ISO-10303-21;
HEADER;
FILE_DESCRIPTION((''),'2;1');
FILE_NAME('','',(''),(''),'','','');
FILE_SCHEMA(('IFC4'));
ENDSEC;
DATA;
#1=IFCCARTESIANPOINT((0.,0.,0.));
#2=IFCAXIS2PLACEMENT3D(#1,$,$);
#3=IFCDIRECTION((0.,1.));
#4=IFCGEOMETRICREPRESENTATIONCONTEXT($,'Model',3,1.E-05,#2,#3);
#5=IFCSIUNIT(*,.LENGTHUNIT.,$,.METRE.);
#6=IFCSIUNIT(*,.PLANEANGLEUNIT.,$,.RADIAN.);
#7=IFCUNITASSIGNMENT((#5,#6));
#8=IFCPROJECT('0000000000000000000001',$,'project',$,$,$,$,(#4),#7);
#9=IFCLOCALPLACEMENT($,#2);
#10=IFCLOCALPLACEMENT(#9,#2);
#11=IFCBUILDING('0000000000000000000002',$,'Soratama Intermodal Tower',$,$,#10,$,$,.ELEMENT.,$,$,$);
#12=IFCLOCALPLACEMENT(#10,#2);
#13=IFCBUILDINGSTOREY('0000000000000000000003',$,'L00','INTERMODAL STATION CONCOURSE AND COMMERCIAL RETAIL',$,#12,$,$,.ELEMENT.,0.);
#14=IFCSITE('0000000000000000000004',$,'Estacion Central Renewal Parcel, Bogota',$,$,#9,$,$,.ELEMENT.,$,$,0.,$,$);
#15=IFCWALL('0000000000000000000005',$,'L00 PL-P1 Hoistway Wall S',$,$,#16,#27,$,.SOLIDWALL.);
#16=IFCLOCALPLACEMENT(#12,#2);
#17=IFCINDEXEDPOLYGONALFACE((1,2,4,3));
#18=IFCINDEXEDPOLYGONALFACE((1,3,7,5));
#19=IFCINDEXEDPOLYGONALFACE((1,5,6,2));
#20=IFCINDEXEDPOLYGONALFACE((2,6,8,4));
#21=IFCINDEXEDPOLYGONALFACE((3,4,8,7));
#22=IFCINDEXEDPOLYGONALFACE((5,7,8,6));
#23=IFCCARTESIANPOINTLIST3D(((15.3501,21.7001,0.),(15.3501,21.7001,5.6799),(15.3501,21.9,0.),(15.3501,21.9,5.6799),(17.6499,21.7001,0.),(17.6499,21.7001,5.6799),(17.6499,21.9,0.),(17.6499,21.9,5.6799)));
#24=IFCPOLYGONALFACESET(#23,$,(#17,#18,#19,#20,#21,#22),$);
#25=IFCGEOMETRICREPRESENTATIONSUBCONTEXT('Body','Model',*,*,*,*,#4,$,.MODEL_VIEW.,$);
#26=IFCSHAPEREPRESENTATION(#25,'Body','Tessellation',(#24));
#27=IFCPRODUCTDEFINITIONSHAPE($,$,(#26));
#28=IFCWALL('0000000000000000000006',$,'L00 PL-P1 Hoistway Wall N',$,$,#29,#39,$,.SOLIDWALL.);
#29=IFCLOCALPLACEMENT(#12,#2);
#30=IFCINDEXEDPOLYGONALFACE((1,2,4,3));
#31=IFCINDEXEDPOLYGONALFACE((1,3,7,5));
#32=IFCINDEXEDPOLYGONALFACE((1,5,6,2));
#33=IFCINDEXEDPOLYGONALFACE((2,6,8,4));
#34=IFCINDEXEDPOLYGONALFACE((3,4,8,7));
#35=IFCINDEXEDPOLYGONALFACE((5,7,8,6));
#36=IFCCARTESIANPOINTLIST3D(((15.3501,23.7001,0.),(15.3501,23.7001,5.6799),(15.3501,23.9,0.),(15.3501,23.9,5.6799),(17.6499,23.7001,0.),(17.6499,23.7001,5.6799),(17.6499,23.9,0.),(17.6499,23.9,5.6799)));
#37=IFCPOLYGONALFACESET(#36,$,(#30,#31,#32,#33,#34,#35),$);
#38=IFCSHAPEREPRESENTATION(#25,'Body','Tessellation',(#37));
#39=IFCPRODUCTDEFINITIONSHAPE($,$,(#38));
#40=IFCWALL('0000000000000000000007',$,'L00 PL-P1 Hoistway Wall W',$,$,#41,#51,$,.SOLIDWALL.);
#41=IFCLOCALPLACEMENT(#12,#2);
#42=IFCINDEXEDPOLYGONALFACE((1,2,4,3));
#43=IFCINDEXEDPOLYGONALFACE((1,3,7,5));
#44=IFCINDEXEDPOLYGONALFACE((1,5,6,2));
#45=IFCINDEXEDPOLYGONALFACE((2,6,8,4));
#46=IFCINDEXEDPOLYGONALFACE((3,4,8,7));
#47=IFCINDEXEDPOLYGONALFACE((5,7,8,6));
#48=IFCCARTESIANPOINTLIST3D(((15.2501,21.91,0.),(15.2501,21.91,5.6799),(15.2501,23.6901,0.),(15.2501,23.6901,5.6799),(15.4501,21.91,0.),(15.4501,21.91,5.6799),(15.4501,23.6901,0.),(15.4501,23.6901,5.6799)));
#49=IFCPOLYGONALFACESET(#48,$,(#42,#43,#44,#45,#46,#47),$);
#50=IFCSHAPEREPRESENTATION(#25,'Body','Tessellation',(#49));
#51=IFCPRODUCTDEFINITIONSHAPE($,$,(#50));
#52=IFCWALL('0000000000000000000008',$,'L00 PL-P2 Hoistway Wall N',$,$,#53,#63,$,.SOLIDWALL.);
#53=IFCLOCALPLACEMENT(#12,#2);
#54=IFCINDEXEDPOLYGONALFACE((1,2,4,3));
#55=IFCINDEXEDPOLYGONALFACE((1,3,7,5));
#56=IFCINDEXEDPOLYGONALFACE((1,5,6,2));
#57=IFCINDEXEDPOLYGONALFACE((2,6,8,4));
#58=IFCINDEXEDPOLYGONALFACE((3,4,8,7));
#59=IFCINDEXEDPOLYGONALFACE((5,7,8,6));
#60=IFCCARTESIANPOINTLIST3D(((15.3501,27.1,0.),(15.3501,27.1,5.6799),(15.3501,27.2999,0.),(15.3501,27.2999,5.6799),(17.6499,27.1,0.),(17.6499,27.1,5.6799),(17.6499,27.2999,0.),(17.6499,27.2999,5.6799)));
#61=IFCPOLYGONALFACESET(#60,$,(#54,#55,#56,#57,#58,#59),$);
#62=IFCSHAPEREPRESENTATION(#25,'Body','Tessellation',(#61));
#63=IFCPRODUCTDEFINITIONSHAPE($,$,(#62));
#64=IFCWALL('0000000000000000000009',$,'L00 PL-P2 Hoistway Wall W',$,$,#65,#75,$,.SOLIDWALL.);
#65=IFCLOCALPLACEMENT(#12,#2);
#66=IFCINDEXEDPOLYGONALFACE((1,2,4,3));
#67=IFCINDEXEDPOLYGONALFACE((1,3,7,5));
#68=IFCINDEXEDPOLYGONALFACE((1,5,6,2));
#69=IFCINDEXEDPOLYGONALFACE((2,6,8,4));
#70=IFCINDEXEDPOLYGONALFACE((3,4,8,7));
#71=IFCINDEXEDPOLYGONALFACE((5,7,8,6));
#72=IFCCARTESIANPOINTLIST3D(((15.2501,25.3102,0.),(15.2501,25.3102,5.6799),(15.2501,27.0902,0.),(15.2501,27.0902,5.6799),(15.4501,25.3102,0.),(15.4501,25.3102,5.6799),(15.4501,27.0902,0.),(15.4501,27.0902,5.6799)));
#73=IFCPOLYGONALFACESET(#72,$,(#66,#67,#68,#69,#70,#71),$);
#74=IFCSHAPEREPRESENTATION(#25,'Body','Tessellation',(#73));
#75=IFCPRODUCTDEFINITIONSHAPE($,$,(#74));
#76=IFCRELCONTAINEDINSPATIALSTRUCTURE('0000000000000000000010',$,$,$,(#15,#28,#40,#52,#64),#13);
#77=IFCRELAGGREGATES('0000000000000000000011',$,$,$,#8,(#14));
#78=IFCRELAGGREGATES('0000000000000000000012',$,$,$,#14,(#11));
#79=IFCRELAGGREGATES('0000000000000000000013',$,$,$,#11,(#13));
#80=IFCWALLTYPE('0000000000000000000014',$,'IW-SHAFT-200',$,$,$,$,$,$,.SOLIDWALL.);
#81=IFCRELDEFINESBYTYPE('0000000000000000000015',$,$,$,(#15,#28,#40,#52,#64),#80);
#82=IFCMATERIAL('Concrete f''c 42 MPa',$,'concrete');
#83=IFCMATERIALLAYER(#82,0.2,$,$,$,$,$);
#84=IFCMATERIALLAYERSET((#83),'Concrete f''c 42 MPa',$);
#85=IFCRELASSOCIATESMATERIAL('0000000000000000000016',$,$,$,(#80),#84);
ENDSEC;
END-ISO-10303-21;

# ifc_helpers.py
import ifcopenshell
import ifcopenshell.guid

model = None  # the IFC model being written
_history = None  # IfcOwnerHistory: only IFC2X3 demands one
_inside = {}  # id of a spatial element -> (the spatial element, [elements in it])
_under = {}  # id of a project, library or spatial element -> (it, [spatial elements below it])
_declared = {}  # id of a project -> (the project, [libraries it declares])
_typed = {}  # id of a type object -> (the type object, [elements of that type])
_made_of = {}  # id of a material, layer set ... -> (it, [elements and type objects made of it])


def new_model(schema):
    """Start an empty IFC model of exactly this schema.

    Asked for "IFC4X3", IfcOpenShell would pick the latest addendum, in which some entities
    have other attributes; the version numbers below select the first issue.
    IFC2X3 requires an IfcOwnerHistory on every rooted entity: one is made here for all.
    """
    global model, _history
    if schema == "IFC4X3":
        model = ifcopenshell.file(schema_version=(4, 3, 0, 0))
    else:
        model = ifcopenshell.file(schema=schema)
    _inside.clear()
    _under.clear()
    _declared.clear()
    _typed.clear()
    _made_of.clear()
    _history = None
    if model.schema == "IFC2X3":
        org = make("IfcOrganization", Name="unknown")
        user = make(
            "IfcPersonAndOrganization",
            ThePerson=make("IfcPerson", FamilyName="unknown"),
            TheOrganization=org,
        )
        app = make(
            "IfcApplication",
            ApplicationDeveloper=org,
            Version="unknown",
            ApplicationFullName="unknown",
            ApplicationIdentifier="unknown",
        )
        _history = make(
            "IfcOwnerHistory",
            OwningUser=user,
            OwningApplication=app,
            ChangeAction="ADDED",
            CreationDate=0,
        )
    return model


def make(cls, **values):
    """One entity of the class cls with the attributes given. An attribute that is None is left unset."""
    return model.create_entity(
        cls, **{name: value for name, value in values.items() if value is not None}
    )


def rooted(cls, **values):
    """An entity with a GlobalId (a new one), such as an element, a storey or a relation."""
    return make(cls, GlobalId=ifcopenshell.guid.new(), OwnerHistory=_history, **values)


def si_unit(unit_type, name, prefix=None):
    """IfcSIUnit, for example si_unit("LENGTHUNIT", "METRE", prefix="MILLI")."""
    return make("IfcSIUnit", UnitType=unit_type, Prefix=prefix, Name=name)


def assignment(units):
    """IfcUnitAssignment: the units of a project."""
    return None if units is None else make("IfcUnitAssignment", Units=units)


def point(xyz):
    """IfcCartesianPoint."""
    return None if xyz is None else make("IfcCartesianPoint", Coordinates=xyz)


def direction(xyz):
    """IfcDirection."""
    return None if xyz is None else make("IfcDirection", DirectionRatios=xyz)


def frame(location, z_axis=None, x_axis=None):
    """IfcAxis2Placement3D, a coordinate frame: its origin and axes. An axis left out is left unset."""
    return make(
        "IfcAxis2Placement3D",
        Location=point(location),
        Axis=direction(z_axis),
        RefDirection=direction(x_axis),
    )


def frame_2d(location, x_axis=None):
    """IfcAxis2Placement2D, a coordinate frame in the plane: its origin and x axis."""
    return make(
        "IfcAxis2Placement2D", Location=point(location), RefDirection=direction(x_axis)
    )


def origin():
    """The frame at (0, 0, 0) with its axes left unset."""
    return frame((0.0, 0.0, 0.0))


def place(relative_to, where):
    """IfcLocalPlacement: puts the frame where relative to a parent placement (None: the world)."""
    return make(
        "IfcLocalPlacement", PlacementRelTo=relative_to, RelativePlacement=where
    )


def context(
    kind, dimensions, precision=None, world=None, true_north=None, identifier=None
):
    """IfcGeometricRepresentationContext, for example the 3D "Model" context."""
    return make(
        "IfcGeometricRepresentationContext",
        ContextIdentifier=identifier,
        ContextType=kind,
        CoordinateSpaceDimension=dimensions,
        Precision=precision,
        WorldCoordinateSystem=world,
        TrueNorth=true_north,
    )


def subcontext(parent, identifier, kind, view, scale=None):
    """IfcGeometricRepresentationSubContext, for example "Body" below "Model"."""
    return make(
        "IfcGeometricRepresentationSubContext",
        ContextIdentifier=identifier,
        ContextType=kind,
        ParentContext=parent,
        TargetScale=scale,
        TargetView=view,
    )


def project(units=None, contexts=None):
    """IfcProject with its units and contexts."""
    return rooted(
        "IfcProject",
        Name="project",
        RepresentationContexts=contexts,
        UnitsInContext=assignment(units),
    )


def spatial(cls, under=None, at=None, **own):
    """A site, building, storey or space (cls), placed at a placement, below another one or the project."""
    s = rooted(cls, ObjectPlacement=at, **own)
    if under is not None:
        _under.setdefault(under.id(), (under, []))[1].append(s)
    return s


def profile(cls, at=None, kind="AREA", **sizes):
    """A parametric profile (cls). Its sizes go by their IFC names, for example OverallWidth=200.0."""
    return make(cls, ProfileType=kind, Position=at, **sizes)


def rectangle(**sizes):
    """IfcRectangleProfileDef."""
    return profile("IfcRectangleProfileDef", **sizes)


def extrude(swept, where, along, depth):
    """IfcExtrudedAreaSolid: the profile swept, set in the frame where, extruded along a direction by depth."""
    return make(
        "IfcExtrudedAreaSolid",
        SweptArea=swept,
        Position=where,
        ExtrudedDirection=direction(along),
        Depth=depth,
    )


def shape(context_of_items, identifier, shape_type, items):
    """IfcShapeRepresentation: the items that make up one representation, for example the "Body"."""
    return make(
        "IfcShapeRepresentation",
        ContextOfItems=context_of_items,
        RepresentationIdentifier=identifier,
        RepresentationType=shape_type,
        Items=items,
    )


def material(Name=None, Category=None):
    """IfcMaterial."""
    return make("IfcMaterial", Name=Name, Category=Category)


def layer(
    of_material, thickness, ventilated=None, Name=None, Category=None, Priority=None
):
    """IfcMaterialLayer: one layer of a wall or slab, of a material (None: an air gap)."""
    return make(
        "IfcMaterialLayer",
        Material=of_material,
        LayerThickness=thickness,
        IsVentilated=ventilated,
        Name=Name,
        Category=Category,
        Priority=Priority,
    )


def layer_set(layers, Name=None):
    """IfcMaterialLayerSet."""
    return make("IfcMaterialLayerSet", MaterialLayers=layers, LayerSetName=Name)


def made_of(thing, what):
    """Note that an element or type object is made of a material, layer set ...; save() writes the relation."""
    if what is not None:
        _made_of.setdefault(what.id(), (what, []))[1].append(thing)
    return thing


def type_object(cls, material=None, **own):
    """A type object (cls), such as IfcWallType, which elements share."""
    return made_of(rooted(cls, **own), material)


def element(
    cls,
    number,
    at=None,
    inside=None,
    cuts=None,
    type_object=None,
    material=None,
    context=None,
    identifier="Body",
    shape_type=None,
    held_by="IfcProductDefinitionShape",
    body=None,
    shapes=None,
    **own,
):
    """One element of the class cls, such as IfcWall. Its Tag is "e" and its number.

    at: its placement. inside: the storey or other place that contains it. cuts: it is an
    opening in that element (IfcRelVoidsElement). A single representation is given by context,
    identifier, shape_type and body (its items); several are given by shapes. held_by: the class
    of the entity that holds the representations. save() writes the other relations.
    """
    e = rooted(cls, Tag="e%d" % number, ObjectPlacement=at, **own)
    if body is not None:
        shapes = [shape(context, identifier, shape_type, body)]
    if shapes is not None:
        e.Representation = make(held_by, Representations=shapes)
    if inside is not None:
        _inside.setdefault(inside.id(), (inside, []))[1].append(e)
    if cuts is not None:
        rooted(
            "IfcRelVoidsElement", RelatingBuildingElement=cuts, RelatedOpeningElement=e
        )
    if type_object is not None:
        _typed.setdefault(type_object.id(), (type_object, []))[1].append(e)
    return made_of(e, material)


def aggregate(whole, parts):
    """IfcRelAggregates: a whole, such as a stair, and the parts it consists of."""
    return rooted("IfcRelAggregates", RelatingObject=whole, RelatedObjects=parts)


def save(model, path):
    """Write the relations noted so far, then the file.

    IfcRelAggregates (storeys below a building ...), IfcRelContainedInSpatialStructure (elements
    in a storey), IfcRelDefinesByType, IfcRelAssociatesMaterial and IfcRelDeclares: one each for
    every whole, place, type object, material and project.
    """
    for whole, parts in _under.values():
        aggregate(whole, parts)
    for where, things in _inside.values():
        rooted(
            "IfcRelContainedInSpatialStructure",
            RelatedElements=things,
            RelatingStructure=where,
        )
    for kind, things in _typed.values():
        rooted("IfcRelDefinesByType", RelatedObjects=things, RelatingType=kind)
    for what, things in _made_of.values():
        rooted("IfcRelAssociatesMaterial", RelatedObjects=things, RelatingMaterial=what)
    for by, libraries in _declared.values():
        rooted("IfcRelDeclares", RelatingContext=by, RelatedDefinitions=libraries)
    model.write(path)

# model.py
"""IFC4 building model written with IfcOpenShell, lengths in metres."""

from ifc_helpers import new_model, si_unit, direction, frame, frame_2d, origin, place, context, subcontext, project, spatial, rectangle, extrude, material, layer, layer_set, type_object, element, save


model = new_model("IFC4")

# Units and contexts
model_context = context("Model", 3, precision=1e-05, world=origin(), true_north=direction((0.0, 1.0)))
body_context = subcontext(model_context, "Body", "Model", "MODEL_VIEW")
ifc_project = project(units=[si_unit("LENGTHUNIT", "METRE"), si_unit("PLANEANGLEUNIT", "RADIAN")], contexts=[model_context])

# Site, building, storey
site_placement = place(None, origin())
site = spatial("IfcSite", under=ifc_project, at=site_placement, Name="Estacion Central Renewal Parcel, Bogota", CompositionType="ELEMENT", RefElevation=0.0)
building_placement = place(site_placement, origin())
building = spatial("IfcBuilding", under=site, at=building_placement, Name="Soratama Intermodal Tower", CompositionType="ELEMENT")
storey_placement = place(building_placement, origin())
storey = spatial("IfcBuildingStorey", under=building, at=storey_placement, Name="L00", Description="INTERMODAL STATION CONCOURSE AND COMMERCIAL RETAIL", CompositionType="ELEMENT", Elevation=0.0)

# Walls
ifc_material_1 = material(Name="Concrete f'c 42 MPa", Category="concrete")
ifc_layer_1 = layer(ifc_material_1, 0.2)
ifc_layer_set_1 = layer_set([ifc_layer_1], Name="Concrete f'c 42 MPa")
wall_type_1 = type_object("IfcWallType", Name="IW-SHAFT-200", PredefinedType="SOLIDWALL", material=ifc_layer_set_1)
for number, where, z_axis, x_axis, name in (
    (1, (15.3501, 21.8, 0.0), (0.0, 0.0, 1.0), (1.0, 0.0, 0.0), "L00 PL-P1 Hoistway Wall S"),
    (2, (15.3501, 23.8, 0.0), (0.0, 0.0, 1.0), (1.0, 0.0, 0.0), "L00 PL-P1 Hoistway Wall N"),
):
    element("IfcWall", number, at=place(storey_placement, frame(where, z_axis=z_axis, x_axis=x_axis)), inside=storey, type_object=wall_type_1, Name=name, PredefinedType="SOLIDWALL", context=body_context, shape_type="SweptSolid", body=[
        extrude(rectangle(XDim=2.2998, YDim=0.2, at=frame_2d((1.1499, 0.0))), origin(), (0.0, 0.0, 1.0), 5.6799),
    ])
wall_1_placement = place(storey_placement, frame((15.3501, 21.9099, 0.0), z_axis=(0.0, 0.0, 1.0), x_axis=(0.0, 1.0, 0.0)))
element("IfcWall", 3, at=wall_1_placement, inside=storey, type_object=wall_type_1, Name="L00 PL-P1 Hoistway Wall W", PredefinedType="SOLIDWALL", context=body_context, shape_type="SweptSolid", body=[
    extrude(rectangle(XDim=1.78, YDim=0.2, at=frame_2d((0.8901, 0.0))), origin(), (0.0, 0.0, 1.0), 5.6799),
])

# Walls
wall_2_placement = place(storey_placement, frame((15.3501, 27.2, 0.0), z_axis=(0.0, 0.0, 1.0), x_axis=(1.0, 0.0, 0.0)))
element("IfcWall", 4, at=wall_2_placement, inside=storey, type_object=wall_type_1, Name="L00 PL-P2 Hoistway Wall N", PredefinedType="SOLIDWALL", context=body_context, shape_type="SweptSolid", body=[
    extrude(rectangle(XDim=2.2998, YDim=0.2, at=frame_2d((1.1499, 0.0))), origin(), (0.0, 0.0, 1.0), 5.6799),
])
wall_3_placement = place(storey_placement, frame((15.3501, 25.3101, 0.0), z_axis=(0.0, 0.0, 1.0), x_axis=(0.0, 1.0, 0.0)))
element("IfcWall", 5, at=wall_3_placement, inside=storey, type_object=wall_type_1, Name="L00 PL-P2 Hoistway Wall W", PredefinedType="SOLIDWALL", context=body_context, shape_type="SweptSolid", body=[
    extrude(rectangle(XDim=1.78, YDim=0.2, at=frame_2d((0.8901, 0.0))), origin(), (0.0, 0.0, 1.0), 5.6799),
])

save(model, "model.ifc")
